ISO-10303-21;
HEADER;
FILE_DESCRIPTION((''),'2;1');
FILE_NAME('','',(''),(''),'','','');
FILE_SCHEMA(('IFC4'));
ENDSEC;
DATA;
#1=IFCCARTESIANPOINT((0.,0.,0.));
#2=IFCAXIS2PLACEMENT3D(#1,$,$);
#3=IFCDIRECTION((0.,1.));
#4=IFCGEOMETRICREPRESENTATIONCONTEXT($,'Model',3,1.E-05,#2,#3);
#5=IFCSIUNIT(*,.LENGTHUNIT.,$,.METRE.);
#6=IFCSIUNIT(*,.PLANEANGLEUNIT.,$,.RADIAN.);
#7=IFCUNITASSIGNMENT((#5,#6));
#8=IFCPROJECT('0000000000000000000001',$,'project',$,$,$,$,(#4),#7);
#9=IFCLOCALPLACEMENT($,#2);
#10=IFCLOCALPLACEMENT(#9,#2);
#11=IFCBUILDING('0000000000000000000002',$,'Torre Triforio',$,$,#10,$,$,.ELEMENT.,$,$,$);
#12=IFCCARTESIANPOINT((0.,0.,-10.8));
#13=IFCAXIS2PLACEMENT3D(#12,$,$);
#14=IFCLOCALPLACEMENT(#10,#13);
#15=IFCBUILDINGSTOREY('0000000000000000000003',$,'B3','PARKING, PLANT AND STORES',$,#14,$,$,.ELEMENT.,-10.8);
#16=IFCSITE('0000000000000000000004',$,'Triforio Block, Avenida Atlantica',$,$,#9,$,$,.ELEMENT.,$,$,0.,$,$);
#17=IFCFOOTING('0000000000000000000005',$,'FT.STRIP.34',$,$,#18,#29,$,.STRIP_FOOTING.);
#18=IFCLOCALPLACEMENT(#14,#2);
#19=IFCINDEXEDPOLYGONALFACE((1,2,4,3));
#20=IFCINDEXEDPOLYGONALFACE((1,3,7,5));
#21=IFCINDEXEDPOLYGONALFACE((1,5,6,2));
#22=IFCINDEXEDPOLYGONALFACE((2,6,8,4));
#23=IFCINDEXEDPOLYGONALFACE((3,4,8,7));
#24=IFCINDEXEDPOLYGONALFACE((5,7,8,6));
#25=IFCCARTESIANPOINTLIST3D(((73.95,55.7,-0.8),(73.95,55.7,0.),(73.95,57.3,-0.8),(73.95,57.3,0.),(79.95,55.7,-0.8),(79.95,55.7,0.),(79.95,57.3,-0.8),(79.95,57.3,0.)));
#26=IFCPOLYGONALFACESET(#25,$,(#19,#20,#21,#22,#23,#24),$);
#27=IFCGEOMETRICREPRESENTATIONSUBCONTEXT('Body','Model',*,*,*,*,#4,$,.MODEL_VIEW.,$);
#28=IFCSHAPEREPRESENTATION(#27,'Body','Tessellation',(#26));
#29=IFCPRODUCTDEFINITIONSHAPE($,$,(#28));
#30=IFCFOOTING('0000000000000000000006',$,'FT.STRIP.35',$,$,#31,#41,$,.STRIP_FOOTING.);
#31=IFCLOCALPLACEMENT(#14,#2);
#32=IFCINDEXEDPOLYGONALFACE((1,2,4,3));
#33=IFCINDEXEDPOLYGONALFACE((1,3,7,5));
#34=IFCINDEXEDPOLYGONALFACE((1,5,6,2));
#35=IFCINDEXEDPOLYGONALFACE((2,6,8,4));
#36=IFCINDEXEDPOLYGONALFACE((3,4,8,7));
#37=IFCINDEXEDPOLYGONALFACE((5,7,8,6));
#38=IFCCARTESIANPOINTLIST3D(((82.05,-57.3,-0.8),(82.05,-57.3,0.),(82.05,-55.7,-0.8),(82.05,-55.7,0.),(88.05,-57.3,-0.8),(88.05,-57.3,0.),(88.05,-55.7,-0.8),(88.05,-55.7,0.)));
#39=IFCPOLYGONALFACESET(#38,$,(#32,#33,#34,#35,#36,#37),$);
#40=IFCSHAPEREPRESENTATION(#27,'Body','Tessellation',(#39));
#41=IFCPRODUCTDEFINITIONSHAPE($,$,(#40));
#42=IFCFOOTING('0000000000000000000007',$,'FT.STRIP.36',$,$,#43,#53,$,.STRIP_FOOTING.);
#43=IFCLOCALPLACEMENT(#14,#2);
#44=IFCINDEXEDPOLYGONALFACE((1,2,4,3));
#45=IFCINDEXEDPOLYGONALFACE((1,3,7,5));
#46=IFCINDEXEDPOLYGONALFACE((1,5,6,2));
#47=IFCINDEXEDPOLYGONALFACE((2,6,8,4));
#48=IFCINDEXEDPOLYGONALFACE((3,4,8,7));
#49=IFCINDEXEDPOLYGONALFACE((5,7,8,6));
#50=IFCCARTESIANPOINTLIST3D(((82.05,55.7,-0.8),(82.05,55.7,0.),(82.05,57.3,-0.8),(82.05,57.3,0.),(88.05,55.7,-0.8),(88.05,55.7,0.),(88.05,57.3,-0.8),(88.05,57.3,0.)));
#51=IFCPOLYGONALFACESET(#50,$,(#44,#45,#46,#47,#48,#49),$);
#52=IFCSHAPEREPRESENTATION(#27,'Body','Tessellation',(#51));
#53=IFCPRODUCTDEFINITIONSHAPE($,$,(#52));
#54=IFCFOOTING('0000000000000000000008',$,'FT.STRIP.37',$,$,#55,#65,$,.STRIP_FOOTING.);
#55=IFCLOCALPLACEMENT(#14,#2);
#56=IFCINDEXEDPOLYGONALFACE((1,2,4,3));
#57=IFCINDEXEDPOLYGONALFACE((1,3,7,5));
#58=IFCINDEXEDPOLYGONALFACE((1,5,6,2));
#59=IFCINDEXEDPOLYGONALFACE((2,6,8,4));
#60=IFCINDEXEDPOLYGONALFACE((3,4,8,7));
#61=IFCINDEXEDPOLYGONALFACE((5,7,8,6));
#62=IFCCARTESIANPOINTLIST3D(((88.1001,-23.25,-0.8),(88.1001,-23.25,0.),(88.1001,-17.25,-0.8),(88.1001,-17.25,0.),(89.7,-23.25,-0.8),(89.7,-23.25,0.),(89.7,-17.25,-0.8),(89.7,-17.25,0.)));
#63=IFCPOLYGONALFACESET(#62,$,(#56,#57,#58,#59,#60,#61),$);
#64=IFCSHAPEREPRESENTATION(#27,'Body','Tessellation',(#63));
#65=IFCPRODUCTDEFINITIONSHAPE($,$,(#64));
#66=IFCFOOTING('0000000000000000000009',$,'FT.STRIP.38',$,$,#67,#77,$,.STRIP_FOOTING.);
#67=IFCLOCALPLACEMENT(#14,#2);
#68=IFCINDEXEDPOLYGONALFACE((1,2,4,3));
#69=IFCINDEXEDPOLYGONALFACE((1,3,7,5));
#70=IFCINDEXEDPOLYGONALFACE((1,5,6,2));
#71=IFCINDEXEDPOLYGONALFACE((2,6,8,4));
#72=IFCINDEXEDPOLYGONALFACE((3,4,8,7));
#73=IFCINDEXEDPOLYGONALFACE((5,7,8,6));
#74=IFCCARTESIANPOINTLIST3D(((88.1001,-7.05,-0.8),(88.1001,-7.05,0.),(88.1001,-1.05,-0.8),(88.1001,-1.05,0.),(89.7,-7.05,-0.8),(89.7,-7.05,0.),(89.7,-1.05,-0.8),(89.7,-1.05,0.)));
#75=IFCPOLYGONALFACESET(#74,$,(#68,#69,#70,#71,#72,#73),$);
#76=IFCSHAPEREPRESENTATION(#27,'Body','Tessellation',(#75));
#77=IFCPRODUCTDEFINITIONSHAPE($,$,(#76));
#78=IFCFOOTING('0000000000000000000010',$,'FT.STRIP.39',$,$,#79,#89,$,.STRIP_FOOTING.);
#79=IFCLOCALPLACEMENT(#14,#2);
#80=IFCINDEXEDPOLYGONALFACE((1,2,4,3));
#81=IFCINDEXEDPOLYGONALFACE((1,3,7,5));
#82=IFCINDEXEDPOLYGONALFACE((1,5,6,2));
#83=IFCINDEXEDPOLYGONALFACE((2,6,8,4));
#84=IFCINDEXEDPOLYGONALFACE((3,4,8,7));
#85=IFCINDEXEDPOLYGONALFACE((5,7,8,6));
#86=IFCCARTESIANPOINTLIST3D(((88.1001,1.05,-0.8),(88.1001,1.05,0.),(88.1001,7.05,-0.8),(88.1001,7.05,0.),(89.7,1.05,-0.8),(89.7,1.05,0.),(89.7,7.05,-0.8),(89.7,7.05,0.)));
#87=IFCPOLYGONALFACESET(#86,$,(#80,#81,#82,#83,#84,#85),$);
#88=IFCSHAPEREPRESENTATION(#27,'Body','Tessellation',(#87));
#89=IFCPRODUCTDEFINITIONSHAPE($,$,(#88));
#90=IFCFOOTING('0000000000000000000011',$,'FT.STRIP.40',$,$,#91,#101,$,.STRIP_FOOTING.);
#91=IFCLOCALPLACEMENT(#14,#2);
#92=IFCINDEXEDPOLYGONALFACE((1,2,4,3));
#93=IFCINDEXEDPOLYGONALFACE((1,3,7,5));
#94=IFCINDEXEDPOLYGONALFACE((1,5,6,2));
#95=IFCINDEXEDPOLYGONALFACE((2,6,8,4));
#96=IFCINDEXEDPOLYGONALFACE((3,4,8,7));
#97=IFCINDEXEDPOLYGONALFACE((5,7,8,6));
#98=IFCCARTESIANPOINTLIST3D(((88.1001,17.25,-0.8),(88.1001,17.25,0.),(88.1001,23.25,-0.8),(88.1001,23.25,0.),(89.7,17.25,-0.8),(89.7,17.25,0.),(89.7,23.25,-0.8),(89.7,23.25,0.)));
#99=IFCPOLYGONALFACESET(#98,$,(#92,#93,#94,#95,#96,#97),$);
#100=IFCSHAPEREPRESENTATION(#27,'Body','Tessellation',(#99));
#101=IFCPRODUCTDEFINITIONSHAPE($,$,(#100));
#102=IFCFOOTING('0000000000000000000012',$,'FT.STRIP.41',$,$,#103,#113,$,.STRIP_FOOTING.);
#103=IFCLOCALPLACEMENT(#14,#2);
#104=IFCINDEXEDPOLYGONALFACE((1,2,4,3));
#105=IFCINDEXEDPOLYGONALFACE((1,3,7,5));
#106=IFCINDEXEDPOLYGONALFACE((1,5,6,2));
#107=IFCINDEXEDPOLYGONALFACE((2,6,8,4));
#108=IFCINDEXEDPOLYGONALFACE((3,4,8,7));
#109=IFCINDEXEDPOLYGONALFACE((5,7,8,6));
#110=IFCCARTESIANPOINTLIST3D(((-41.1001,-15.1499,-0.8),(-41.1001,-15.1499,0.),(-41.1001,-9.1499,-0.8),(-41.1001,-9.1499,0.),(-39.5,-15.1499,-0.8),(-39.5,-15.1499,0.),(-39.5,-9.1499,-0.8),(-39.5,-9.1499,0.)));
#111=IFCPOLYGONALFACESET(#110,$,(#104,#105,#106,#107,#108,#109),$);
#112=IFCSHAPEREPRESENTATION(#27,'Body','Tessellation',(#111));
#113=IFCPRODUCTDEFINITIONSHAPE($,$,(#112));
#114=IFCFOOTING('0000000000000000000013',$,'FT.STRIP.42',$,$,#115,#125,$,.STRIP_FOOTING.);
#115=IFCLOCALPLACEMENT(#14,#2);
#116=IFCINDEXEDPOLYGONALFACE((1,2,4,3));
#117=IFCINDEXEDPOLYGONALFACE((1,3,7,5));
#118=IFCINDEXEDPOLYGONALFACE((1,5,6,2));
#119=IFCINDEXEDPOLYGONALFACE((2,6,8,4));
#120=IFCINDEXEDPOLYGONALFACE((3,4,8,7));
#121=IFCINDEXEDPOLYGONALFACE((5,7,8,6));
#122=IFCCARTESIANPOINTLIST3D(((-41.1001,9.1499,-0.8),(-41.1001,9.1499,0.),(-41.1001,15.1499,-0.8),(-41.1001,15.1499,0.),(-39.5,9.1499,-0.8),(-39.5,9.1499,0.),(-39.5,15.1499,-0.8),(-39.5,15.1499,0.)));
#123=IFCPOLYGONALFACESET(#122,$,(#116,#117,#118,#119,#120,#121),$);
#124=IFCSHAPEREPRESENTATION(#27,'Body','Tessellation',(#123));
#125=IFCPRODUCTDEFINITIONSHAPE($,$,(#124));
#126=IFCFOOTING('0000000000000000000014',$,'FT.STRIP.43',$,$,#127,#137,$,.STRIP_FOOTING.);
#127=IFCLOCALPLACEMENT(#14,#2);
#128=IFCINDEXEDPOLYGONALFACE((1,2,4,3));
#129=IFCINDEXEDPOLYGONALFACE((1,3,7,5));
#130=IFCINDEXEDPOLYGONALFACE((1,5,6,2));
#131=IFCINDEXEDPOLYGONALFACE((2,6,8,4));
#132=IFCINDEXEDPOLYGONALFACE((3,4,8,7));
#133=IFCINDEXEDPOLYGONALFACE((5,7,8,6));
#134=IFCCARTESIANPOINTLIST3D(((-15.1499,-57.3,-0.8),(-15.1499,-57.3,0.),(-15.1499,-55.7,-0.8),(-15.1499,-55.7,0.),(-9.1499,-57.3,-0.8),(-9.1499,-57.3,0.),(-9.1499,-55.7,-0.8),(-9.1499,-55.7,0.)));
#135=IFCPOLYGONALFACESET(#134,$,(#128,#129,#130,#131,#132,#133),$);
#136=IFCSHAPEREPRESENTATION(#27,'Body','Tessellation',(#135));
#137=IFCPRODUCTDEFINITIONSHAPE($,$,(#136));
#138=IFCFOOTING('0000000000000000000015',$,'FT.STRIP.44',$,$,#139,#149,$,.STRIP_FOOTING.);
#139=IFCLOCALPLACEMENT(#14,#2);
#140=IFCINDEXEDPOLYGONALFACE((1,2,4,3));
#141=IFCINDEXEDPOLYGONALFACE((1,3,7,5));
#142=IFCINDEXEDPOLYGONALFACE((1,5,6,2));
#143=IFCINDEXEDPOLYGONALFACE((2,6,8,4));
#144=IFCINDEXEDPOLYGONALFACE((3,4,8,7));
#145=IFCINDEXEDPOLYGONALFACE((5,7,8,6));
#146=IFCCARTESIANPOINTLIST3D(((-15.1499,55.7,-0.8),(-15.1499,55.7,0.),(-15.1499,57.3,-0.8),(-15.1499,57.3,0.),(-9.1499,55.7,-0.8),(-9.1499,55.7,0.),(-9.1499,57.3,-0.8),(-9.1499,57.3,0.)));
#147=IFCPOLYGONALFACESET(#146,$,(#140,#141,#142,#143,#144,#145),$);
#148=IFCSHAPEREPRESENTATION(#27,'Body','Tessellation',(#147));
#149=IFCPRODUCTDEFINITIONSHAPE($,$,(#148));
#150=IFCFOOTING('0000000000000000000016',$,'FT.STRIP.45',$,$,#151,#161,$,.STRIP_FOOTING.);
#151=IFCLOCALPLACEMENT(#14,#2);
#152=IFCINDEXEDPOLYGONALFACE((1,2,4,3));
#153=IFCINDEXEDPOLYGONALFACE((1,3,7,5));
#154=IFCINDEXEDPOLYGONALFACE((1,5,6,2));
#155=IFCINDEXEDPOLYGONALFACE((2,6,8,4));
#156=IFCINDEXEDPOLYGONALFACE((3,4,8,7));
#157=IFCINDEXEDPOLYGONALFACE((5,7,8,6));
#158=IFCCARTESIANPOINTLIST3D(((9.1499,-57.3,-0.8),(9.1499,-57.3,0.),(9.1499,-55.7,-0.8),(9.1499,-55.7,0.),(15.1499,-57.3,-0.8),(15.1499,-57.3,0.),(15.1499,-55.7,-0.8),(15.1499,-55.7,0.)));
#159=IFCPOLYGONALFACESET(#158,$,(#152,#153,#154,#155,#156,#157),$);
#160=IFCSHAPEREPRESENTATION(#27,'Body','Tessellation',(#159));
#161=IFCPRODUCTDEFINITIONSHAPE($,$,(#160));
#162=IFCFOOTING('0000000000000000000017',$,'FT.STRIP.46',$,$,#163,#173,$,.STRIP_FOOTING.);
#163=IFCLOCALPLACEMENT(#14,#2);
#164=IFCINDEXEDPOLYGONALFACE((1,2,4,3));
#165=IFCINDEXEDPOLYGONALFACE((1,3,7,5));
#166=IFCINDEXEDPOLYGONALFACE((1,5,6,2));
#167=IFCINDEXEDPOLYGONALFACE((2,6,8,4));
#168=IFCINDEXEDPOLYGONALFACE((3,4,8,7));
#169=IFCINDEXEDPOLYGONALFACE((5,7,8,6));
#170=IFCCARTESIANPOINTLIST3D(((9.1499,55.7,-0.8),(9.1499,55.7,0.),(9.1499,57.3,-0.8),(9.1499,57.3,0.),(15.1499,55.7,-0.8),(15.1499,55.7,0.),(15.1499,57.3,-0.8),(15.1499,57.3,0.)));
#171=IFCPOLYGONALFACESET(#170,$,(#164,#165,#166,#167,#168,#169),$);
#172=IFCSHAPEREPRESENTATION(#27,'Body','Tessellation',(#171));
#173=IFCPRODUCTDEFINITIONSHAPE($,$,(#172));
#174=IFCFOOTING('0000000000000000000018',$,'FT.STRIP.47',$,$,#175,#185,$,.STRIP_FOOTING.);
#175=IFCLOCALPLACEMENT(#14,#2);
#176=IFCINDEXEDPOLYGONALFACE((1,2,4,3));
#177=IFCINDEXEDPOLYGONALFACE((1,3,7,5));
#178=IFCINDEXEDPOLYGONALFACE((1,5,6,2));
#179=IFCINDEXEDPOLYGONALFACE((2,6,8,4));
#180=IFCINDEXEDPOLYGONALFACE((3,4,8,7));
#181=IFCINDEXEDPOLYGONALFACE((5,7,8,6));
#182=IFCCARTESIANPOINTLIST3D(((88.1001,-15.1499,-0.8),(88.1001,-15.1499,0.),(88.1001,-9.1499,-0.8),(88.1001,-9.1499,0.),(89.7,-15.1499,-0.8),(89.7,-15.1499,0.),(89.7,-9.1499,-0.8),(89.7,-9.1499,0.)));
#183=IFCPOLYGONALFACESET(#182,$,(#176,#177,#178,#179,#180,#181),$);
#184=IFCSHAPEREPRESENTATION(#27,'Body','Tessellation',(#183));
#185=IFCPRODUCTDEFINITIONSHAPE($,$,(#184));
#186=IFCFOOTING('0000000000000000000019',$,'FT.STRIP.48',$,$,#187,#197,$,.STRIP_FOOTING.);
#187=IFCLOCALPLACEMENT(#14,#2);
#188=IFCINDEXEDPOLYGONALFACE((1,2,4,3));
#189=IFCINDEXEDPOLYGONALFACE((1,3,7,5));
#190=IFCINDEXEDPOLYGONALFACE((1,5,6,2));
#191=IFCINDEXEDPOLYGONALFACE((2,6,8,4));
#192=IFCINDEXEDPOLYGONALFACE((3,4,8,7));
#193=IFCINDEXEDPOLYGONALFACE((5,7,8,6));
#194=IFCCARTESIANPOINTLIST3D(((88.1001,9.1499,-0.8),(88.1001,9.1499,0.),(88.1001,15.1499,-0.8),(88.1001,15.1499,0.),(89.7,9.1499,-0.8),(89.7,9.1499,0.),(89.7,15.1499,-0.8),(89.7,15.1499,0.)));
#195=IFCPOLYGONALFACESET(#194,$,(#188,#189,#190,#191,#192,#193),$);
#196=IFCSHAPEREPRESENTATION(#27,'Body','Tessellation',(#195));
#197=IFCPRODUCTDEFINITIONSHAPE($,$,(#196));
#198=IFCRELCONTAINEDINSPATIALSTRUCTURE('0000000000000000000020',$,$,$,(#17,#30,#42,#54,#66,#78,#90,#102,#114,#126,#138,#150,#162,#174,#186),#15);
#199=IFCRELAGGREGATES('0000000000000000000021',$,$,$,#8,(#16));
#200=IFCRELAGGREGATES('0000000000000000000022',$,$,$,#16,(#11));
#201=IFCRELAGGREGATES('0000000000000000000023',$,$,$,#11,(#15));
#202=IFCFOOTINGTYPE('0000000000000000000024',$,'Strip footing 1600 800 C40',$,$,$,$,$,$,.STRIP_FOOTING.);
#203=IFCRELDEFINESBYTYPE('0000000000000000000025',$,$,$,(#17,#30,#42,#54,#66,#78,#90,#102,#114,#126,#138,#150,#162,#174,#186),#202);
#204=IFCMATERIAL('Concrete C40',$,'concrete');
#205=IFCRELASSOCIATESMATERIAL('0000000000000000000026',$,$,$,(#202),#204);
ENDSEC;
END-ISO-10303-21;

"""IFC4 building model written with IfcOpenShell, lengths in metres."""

from ifc_helpers import new_model, si_unit, direction, frame, origin, place, context, subcontext, project, spatial, polyline, outline, extrude, material, type_object, element, save


model = new_model("IFC4")

# Units and contexts
model_context = context("Model", 3, precision=1e-05, world=origin(), true_north=direction((0.0, 1.0)))
body_context = subcontext(model_context, "Body", "Model", "MODEL_VIEW")
ifc_project = project(units=[si_unit("LENGTHUNIT", "METRE"), si_unit("PLANEANGLEUNIT", "RADIAN")], contexts=[model_context])

# Site, building, storey
site_placement = place(None, origin())
site = spatial("IfcSite", under=ifc_project, at=site_placement, Name="Triforio Block, Avenida Atlantica", CompositionType="ELEMENT", RefElevation=0.0)
building_placement = place(site_placement, origin())
building = spatial("IfcBuilding", under=site, at=building_placement, Name="Torre Triforio", CompositionType="ELEMENT")
storey_placement = place(building_placement, frame((0.0, 0.0, -10.8)))
storey = spatial("IfcBuildingStorey", under=building, at=storey_placement, Name="B3", Description="PARKING, PLANT AND STORES", CompositionType="ELEMENT", Elevation=-10.8)

# Footings
ifc_material = material(Name="Concrete C40", Category="concrete")
footing_type = type_object("IfcFootingType", Name="Strip footing 1600 800 C40", PredefinedType="STRIP_FOOTING", material=ifc_material)
footing_1_placement = place(storey_placement, frame((0.0, 0.0, -0.8)))
element("IfcFooting", 1, at=footing_1_placement, inside=storey, type_object=footing_type, Name="FT.STRIP.34", PredefinedType="STRIP_FOOTING", context=body_context, shape_type="SweptSolid", body=[
    extrude(outline(polyline([(79.95, 57.3), (73.95, 57.3), (73.95, 55.7), (79.95, 55.7), (79.95, 57.3)])), origin(), (0.0, 0.0, 1.0), 0.8),
])
footing_2_placement = place(storey_placement, frame((0.0, 0.0, -0.8)))
element("IfcFooting", 2, at=footing_2_placement, inside=storey, type_object=footing_type, Name="FT.STRIP.35", PredefinedType="STRIP_FOOTING", context=body_context, shape_type="SweptSolid", body=[
    extrude(outline(polyline([(82.05, -57.3), (88.05, -57.3), (88.05, -55.7), (82.05, -55.7), (82.05, -57.3)])), origin(), (0.0, 0.0, 1.0), 0.8),
])
footing_3_placement = place(storey_placement, frame((0.0, 0.0, -0.8)))
element("IfcFooting", 3, at=footing_3_placement, inside=storey, type_object=footing_type, Name="FT.STRIP.36", PredefinedType="STRIP_FOOTING", context=body_context, shape_type="SweptSolid", body=[
    extrude(outline(polyline([(88.05, 57.3), (82.05, 57.3), (82.05, 55.7), (88.05, 55.7), (88.05, 57.3)])), origin(), (0.0, 0.0, 1.0), 0.8),
])
footing_4_placement = place(storey_placement, frame((0.0, 0.0, -0.8)))
element("IfcFooting", 4, at=footing_4_placement, inside=storey, type_object=footing_type, Name="FT.STRIP.37", PredefinedType="STRIP_FOOTING", context=body_context, shape_type="SweptSolid", body=[
    extrude(outline(polyline([(89.7, -23.25), (89.7, -17.25), (88.1001, -17.25), (88.1001, -23.25), (89.7, -23.25)])), origin(), (0.0, 0.0, 1.0), 0.8),
])
footing_5_placement = place(storey_placement, frame((0.0, 0.0, -0.8)))
element("IfcFooting", 5, at=footing_5_placement, inside=storey, type_object=footing_type, Name="FT.STRIP.38", PredefinedType="STRIP_FOOTING", context=body_context, shape_type="SweptSolid", body=[
    extrude(outline(polyline([(89.7, -7.05), (89.7, -1.05), (88.1001, -1.05), (88.1001, -7.05), (89.7, -7.05)])), origin(), (0.0, 0.0, 1.0), 0.8),
])
footing_6_placement = place(storey_placement, frame((0.0, 0.0, -0.8)))
element("IfcFooting", 6, at=footing_6_placement, inside=storey, type_object=footing_type, Name="FT.STRIP.39", PredefinedType="STRIP_FOOTING", context=body_context, shape_type="SweptSolid", body=[
    extrude(outline(polyline([(89.7, 1.05), (89.7, 7.05), (88.1001, 7.05), (88.1001, 1.05), (89.7, 1.05)])), origin(), (0.0, 0.0, 1.0), 0.8),
])
footing_7_placement = place(storey_placement, frame((0.0, 0.0, -0.8)))
element("IfcFooting", 7, at=footing_7_placement, inside=storey, type_object=footing_type, Name="FT.STRIP.40", PredefinedType="STRIP_FOOTING", context=body_context, shape_type="SweptSolid", body=[
    extrude(outline(polyline([(89.7, 17.25), (89.7, 23.25), (88.1001, 23.25), (88.1001, 17.25), (89.7, 17.25)])), origin(), (0.0, 0.0, 1.0), 0.8),
])
footing_8_placement = place(storey_placement, frame((0.0, 0.0, -0.8)))
element("IfcFooting", 8, at=footing_8_placement, inside=storey, type_object=footing_type, Name="FT.STRIP.41", PredefinedType="STRIP_FOOTING", context=body_context, shape_type="SweptSolid", body=[
    extrude(outline(polyline([(-41.1001, -9.1499), (-41.1001, -15.1499), (-39.5, -15.1499), (-39.5, -9.1499), (-41.1001, -9.1499)])), origin(), (0.0, 0.0, 1.0), 0.8),
])
footing_9_placement = place(storey_placement, frame((0.0, 0.0, -0.8)))
element("IfcFooting", 9, at=footing_9_placement, inside=storey, type_object=footing_type, Name="FT.STRIP.42", PredefinedType="STRIP_FOOTING", context=body_context, shape_type="SweptSolid", body=[
    extrude(outline(polyline([(-41.1001, 15.1499), (-41.1001, 9.1499), (-39.5, 9.1499), (-39.5, 15.1499), (-41.1001, 15.1499)])), origin(), (0.0, 0.0, 1.0), 0.8),
])
footing_10_placement = place(storey_placement, frame((0.0, 0.0, -0.8)))
element("IfcFooting", 10, at=footing_10_placement, inside=storey, type_object=footing_type, Name="FT.STRIP.43", PredefinedType="STRIP_FOOTING", context=body_context, shape_type="SweptSolid", body=[
    extrude(outline(polyline([(-15.1499, -57.3), (-9.1499, -57.3), (-9.1499, -55.7), (-15.1499, -55.7), (-15.1499, -57.3)])), origin(), (0.0, 0.0, 1.0), 0.8),
])
footing_11_placement = place(storey_placement, frame((0.0, 0.0, -0.8)))
element("IfcFooting", 11, at=footing_11_placement, inside=storey, type_object=footing_type, Name="FT.STRIP.44", PredefinedType="STRIP_FOOTING", context=body_context, shape_type="SweptSolid", body=[
    extrude(outline(polyline([(-9.1499, 57.3), (-15.1499, 57.3), (-15.1499, 55.7), (-9.1499, 55.7), (-9.1499, 57.3)])), origin(), (0.0, 0.0, 1.0), 0.8),
])
footing_12_placement = place(storey_placement, frame((0.0, 0.0, -0.8)))
element("IfcFooting", 12, at=footing_12_placement, inside=storey, type_object=footing_type, Name="FT.STRIP.45", PredefinedType="STRIP_FOOTING", context=body_context, shape_type="SweptSolid", body=[
    extrude(outline(polyline([(9.1499, -57.3), (15.1499, -57.3), (15.1499, -55.7), (9.1499, -55.7), (9.1499, -57.3)])), origin(), (0.0, 0.0, 1.0), 0.8),
])
footing_13_placement = place(storey_placement, frame((0.0, 0.0, -0.8)))
element("IfcFooting", 13, at=footing_13_placement, inside=storey, type_object=footing_type, Name="FT.STRIP.46", PredefinedType="STRIP_FOOTING", context=body_context, shape_type="SweptSolid", body=[
    extrude(outline(polyline([(15.1499, 57.3), (9.1499, 57.3), (9.1499, 55.7), (15.1499, 55.7), (15.1499, 57.3)])), origin(), (0.0, 0.0, 1.0), 0.8),
])
footing_14_placement = place(storey_placement, frame((0.0, 0.0, -0.8)))
element("IfcFooting", 14, at=footing_14_placement, inside=storey, type_object=footing_type, Name="FT.STRIP.47", PredefinedType="STRIP_FOOTING", context=body_context, shape_type="SweptSolid", body=[
    extrude(outline(polyline([(89.7, -15.1499), (89.7, -9.1499), (88.1001, -9.1499), (88.1001, -15.1499), (89.7, -15.1499)])), origin(), (0.0, 0.0, 1.0), 0.8),
])
footing_15_placement = place(storey_placement, frame((0.0, 0.0, -0.8)))
element("IfcFooting", 15, at=footing_15_placement, inside=storey, type_object=footing_type, Name="FT.STRIP.48", PredefinedType="STRIP_FOOTING", context=body_context, shape_type="SweptSolid", body=[
    extrude(outline(polyline([(89.7, 9.1499), (89.7, 15.1499), (88.1001, 15.1499), (88.1001, 9.1499), (89.7, 9.1499)])), origin(), (0.0, 0.0, 1.0), 0.8),
])

save(model, "model.ifc")
